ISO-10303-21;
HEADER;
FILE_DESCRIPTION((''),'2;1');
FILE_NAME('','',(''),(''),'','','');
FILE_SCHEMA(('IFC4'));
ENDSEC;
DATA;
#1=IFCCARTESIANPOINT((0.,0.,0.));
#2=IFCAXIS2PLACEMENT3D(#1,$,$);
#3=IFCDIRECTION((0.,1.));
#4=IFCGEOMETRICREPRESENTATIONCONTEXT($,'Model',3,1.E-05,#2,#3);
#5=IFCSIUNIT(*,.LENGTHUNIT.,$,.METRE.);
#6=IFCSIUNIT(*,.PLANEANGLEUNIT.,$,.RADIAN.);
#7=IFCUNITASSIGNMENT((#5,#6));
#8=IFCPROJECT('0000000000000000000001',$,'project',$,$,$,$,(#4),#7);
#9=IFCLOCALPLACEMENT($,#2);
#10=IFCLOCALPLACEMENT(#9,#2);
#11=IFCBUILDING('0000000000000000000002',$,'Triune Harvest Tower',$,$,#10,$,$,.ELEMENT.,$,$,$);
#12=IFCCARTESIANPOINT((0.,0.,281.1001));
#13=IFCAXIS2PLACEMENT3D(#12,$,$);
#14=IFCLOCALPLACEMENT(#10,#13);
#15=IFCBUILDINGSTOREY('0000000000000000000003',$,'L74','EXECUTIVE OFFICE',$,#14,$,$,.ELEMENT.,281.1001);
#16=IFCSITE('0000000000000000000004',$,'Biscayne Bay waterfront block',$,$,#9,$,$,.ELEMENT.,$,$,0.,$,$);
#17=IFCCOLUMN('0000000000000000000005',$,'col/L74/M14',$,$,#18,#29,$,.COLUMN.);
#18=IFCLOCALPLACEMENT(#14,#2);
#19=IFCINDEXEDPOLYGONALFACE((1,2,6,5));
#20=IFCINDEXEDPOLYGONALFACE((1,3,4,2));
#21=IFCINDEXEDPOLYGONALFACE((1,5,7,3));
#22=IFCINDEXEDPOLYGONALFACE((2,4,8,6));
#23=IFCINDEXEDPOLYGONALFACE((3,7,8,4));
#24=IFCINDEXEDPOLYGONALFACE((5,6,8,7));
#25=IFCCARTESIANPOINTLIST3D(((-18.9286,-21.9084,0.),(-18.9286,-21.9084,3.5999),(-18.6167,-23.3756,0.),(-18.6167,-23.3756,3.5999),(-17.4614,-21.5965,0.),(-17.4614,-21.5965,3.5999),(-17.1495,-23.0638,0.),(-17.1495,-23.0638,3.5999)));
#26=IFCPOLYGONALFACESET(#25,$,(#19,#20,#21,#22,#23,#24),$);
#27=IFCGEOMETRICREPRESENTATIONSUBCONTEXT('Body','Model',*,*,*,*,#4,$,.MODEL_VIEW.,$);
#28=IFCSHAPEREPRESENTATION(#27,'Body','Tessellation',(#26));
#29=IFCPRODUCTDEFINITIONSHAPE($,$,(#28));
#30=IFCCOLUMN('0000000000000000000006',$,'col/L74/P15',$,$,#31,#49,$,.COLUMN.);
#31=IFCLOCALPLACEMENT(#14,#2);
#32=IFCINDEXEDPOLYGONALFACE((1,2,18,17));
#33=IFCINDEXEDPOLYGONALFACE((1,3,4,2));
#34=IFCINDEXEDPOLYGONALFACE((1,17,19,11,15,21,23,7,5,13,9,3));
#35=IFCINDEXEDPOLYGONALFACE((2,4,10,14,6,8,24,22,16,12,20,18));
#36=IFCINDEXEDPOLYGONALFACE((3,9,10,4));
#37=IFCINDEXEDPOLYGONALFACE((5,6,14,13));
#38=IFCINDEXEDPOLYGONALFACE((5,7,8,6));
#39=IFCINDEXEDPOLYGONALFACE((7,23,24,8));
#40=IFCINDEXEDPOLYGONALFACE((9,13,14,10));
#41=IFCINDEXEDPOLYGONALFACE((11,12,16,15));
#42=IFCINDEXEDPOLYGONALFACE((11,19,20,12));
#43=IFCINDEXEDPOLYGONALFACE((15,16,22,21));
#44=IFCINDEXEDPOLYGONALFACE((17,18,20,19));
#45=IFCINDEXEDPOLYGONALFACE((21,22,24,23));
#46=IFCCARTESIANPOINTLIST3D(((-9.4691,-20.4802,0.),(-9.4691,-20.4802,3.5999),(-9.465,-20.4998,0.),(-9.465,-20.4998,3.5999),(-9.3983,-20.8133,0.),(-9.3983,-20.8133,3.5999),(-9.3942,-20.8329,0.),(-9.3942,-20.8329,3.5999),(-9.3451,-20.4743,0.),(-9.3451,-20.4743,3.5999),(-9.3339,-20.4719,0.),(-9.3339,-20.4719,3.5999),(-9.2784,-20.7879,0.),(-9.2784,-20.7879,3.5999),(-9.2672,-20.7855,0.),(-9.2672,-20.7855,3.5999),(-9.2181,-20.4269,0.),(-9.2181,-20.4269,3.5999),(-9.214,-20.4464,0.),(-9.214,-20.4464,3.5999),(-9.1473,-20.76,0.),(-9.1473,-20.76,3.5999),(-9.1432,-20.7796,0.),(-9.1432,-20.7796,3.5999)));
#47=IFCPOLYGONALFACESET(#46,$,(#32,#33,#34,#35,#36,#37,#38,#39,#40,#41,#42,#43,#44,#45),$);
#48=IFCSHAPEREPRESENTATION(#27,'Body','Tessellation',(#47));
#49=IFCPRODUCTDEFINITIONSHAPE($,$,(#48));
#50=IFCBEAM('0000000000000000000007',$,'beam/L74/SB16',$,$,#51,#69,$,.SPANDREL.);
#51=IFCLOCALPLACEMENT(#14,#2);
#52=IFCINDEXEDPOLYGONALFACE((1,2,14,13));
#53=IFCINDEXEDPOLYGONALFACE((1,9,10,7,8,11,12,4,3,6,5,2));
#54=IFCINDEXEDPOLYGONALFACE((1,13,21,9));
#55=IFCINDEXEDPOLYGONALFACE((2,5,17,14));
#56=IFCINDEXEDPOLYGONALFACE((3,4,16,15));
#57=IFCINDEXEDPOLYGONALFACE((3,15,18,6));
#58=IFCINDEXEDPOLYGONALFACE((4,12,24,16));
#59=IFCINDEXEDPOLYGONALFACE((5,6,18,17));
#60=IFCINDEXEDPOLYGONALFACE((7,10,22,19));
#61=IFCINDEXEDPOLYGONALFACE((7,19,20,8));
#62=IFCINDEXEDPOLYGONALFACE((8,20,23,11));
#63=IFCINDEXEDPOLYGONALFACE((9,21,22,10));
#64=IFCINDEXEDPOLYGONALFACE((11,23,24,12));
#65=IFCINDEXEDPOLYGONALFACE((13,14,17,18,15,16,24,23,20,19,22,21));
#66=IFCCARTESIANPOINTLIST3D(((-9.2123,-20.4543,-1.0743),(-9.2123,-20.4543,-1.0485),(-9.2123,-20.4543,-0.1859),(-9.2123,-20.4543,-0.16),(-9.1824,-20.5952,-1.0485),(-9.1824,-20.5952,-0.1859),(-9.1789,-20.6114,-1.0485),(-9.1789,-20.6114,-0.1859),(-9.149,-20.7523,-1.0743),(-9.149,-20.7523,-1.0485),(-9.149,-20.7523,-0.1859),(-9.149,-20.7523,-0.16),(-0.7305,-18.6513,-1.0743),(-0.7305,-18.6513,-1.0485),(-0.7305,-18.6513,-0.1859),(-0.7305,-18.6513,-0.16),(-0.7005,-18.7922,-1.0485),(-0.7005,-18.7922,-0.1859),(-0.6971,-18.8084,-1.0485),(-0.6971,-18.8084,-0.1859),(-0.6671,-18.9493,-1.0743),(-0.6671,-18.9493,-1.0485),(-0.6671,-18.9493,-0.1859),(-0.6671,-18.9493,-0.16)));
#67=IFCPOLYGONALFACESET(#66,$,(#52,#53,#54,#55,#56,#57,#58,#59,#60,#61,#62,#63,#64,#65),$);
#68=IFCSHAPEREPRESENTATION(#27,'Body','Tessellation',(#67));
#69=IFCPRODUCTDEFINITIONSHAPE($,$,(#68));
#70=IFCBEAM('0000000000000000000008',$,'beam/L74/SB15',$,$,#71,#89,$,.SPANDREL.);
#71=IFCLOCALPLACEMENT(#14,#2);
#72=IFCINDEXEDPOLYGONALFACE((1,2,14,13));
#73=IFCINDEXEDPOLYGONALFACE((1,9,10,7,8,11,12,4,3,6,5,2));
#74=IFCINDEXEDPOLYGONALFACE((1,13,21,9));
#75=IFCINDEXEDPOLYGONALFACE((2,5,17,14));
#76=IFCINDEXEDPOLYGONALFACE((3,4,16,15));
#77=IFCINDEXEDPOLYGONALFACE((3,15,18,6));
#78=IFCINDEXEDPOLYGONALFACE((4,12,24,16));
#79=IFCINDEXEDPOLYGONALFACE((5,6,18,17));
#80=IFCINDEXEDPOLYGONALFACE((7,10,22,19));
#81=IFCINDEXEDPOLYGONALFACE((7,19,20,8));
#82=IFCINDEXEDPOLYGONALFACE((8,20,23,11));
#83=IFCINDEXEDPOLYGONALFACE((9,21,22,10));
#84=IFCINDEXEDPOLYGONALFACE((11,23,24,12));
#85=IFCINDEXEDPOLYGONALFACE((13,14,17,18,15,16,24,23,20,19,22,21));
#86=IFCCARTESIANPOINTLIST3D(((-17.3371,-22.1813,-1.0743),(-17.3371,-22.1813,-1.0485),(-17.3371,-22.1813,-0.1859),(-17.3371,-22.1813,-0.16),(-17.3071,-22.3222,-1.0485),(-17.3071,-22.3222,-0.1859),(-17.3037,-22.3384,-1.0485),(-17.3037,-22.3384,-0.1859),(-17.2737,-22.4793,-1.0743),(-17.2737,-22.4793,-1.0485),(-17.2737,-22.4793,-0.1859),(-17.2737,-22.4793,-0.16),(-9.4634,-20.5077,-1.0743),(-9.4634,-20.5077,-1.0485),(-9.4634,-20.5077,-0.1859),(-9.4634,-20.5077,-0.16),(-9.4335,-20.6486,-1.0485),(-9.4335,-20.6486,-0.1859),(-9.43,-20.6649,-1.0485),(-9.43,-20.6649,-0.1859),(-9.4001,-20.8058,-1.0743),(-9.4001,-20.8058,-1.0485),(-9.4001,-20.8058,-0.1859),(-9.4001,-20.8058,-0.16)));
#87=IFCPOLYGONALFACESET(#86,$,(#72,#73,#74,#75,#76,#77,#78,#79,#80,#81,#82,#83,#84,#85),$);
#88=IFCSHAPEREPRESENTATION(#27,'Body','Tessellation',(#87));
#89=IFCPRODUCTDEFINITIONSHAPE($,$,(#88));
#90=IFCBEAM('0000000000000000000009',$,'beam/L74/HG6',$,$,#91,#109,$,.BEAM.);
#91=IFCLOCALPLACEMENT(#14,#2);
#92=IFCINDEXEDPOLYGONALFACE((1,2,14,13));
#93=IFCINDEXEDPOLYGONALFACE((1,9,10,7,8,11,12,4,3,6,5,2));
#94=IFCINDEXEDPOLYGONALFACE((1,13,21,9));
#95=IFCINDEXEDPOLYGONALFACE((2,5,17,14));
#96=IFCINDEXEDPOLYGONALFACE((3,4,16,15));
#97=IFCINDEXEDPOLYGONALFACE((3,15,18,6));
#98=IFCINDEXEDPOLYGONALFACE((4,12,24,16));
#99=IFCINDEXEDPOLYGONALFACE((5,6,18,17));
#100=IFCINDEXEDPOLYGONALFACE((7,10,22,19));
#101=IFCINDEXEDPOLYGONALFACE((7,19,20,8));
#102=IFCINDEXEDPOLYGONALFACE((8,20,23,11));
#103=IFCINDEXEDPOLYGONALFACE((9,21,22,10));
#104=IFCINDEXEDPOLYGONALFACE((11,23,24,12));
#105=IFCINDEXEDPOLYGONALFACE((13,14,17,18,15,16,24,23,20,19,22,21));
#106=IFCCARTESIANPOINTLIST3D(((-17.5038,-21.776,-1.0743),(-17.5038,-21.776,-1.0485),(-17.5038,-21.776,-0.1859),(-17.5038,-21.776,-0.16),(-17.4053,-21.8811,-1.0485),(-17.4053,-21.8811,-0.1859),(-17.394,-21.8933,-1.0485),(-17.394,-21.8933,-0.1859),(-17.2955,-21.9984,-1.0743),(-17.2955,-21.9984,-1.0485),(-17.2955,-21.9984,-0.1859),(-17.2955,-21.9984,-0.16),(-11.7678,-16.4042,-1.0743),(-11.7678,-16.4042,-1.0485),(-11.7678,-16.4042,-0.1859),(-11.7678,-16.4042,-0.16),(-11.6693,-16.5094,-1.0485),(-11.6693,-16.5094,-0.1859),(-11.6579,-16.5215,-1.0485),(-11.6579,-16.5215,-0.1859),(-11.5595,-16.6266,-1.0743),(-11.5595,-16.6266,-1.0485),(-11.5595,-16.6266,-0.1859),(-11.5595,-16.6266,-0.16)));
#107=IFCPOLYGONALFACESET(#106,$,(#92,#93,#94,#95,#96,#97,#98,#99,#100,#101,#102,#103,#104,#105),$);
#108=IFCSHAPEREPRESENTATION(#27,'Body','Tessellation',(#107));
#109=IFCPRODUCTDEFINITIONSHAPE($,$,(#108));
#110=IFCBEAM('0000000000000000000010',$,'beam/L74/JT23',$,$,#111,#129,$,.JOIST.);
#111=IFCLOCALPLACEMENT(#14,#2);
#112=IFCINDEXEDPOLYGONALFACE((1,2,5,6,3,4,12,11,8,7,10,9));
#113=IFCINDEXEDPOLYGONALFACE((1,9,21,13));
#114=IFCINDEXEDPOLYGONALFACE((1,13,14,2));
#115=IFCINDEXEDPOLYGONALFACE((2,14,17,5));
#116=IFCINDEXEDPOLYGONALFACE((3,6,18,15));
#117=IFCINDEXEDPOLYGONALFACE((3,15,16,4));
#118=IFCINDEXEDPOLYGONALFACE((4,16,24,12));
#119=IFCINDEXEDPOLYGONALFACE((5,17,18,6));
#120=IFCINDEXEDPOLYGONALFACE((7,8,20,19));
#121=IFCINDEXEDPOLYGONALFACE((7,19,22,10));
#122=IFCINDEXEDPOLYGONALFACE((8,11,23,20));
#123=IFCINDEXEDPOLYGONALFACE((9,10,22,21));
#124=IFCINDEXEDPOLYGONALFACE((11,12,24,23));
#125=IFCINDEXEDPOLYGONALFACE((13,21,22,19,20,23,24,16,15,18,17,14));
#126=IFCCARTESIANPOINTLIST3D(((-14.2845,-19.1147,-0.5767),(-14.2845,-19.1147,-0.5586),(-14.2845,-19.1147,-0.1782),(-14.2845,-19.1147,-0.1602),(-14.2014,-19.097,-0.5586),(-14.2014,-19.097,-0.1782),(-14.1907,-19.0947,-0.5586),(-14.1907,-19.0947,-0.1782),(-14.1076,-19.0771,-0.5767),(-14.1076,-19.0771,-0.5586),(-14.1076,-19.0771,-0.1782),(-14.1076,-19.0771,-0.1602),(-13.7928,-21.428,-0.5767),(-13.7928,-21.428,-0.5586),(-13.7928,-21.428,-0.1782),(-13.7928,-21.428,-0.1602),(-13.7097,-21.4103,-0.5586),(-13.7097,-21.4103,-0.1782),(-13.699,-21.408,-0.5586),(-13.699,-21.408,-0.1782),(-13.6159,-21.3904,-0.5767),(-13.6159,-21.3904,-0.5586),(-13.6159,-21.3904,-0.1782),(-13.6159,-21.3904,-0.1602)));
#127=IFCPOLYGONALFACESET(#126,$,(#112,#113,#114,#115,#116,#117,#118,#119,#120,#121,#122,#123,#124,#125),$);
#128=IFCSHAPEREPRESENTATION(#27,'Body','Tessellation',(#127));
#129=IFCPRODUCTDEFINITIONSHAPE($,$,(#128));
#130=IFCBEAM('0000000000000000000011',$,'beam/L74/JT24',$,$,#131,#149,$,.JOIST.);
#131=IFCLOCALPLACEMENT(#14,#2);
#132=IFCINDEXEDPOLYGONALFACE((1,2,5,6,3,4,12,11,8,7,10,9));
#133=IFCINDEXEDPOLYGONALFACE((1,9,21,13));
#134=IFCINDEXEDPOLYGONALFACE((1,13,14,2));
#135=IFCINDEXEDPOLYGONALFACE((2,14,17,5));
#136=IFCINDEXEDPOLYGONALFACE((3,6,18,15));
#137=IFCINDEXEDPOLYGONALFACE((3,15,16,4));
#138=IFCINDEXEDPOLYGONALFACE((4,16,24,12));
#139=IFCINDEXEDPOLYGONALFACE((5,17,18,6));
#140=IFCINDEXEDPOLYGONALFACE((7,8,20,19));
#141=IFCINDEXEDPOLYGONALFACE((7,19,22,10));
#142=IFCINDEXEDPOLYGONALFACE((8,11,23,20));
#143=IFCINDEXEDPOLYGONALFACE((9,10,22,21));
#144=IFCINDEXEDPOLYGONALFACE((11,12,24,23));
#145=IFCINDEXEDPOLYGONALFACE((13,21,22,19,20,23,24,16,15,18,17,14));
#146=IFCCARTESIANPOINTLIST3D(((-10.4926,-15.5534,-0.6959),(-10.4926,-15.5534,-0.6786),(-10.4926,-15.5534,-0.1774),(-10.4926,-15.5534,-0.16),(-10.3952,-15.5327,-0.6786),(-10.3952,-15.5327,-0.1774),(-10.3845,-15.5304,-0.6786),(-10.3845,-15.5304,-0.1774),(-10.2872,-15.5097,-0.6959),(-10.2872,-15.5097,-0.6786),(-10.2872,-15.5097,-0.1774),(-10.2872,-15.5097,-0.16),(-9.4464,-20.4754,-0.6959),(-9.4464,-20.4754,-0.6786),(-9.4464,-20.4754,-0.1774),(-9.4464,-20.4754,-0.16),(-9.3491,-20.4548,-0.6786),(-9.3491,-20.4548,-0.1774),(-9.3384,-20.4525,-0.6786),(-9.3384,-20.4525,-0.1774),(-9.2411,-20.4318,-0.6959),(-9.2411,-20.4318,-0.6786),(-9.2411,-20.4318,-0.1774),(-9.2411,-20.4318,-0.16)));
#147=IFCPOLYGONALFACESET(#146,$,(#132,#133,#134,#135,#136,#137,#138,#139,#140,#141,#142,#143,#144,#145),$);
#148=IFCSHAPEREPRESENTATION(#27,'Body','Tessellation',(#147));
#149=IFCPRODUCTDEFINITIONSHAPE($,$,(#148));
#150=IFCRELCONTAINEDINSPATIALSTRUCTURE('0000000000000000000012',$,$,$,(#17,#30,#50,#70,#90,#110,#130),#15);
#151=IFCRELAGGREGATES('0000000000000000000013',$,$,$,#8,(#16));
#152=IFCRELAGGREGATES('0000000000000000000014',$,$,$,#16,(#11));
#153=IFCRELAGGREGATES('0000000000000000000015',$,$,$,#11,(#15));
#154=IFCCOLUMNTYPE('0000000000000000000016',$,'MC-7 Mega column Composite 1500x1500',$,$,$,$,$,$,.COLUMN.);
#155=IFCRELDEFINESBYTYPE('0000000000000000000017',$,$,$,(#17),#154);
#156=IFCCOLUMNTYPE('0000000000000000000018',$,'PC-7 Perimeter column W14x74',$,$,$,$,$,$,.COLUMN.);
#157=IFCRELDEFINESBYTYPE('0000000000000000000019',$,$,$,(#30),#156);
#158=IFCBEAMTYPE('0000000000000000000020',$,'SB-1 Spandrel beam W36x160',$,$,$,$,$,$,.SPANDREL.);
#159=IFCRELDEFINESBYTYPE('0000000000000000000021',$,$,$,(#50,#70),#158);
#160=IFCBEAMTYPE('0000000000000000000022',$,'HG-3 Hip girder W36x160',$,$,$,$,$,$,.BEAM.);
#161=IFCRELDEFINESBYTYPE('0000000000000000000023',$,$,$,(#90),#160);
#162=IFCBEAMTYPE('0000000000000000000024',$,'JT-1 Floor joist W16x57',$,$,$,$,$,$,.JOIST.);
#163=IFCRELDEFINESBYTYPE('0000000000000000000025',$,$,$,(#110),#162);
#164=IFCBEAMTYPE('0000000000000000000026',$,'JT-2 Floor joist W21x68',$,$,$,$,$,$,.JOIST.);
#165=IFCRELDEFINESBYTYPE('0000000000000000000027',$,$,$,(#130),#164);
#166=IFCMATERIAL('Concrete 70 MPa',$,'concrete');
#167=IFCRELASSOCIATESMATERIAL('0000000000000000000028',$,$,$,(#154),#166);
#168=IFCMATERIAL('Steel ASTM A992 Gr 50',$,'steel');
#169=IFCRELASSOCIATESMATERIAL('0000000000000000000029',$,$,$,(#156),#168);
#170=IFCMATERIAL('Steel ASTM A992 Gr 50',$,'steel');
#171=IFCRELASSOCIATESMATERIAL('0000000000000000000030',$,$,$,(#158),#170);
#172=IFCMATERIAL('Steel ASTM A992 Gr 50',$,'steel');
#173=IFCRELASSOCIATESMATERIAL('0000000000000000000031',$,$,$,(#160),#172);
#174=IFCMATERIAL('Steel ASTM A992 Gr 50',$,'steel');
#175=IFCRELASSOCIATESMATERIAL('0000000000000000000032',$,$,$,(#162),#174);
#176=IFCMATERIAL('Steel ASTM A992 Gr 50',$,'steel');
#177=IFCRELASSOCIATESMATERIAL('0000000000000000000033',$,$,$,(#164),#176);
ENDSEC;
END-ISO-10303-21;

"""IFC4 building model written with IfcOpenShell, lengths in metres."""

from ifc_helpers import new_model, si_unit, direction, frame, origin, origin_2d, place, context, subcontext, project, spatial, rectangle, i_section, extrude, source, transform, mapped, material, material_profile, profile_set, type_object, element, save


model = new_model("IFC4")

# Units and contexts
model_context = context("Model", 3, precision=1e-05, world=origin(), true_north=direction((0.0, 1.0)))
body_context = subcontext(model_context, "Body", "Model", "MODEL_VIEW")
ifc_project = project(units=[si_unit("LENGTHUNIT", "METRE"), si_unit("PLANEANGLEUNIT", "RADIAN")], contexts=[model_context])

# Site, building, storey
site_placement = place(None, origin())
site = spatial("IfcSite", under=ifc_project, at=site_placement, Name="Biscayne Bay waterfront block", CompositionType="ELEMENT", RefElevation=0.0)
building_placement = place(site_placement, origin())
building = spatial("IfcBuilding", under=site, at=building_placement, Name="Triune Harvest Tower", CompositionType="ELEMENT")
storey_placement = place(building_placement, frame((0.0, 0.0, 281.1001)))
storey = spatial("IfcBuildingStorey", under=building, at=storey_placement, Name="L74", Description="EXECUTIVE OFFICE", CompositionType="ELEMENT", Elevation=281.1001)

# Columns
ifc_material_1 = material(Name="Concrete 70 MPa", Category="concrete")
ifc_material_profile_1 = material_profile(ifc_material_1, rectangle(XDim=1.5, YDim=1.5, at=origin_2d()), Name="Composite 1500x1500")
ifc_profile_set_1 = profile_set([ifc_material_profile_1], Name="Concrete 70 MPa")
column_type_1 = type_object("IfcColumnType", Name="MC-7 Mega column Composite 1500x1500", PredefinedType="COLUMN", material=ifc_profile_set_1)
shared_shape_1 = source(origin(), body_context, "Body", "SweptSolid", [
    extrude(rectangle(XDim=1.5, YDim=1.5, at=origin_2d()), origin(), (0.0, 0.0, 1.0), 3.5999),
])
column_1_placement = place(storey_placement, frame((-18.0391, -22.4861, 0.0), z_axis=(0.0, 0.0, 1.0), x_axis=(0.978147, 0.207913, 0.0)))
element("IfcColumn", 1, at=column_1_placement, inside=storey, type_object=column_type_1, Name="col/L74/M14", PredefinedType="COLUMN", context=body_context, shape_type="MappedRepresentation", body=[
    mapped(shared_shape_1, transform((0.0, 0.0, 0.0), scale=1.0)),
])
ifc_material_2 = material(Name="Steel ASTM A992 Gr 50", Category="steel")
ifc_material_profile_2 = material_profile(ifc_material_2, i_section(OverallWidth=0.2566, OverallDepth=0.3606, WebThickness=0.0115, FlangeThickness=0.02, at=origin_2d()), Name="W14x74")
ifc_profile_set_2 = profile_set([ifc_material_profile_2], Name="Steel ASTM A992 Gr 50")
column_type_2 = type_object("IfcColumnType", Name="PC-7 Perimeter column W14x74", PredefinedType="COLUMN", material=ifc_profile_set_2)
shared_shape_2 = source(origin(), body_context, "Body", "SweptSolid", [
    extrude(i_section(OverallWidth=0.2566, OverallDepth=0.3606, WebThickness=0.0115, FlangeThickness=0.02, at=origin_2d()), origin(), (0.0, 0.0, 1.0), 3.5999),
])
column_2_placement = place(storey_placement, frame((-9.3062, -20.6299, 0.0), z_axis=(0.0, 0.0, 1.0), x_axis=(0.978147, 0.207913, 0.0)))
element("IfcColumn", 2, at=column_2_placement, inside=storey, type_object=column_type_2, Name="col/L74/P15", PredefinedType="COLUMN", context=body_context, shape_type="MappedRepresentation", body=[
    mapped(shared_shape_2, transform((0.0, 0.0, 0.0), scale=1.0)),
])

# Beams
ifc_material_3 = material(Name="Steel ASTM A992 Gr 50", Category="steel")
ifc_material_profile_3 = material_profile(ifc_material_3, i_section(OverallWidth=0.3047, OverallDepth=0.9143, WebThickness=0.0166, FlangeThickness=0.0259, at=origin_2d()), Name="W36x160")
ifc_profile_set_3 = profile_set([ifc_material_profile_3], Name="Steel ASTM A992 Gr 50")
beam_type_1 = type_object("IfcBeamType", Name="SB-1 Spandrel beam W36x160", PredefinedType="SPANDREL", material=ifc_profile_set_3)
shared_shape_3 = source(origin(), body_context, "Body", "SweptSolid", [
    extrude(i_section(OverallWidth=0.3047, OverallDepth=0.9143, WebThickness=0.0166, FlangeThickness=0.0259, at=origin_2d()), origin(), (0.0, 0.0, 1.0), 8.6714),
])
beam_1_placement = place(storey_placement, frame((-9.1807, -20.6033, -0.6172), z_axis=(0.978146, 0.207921, 0.0), x_axis=(-0.207921, 0.978146, 0.0)))
element("IfcBeam", 3, at=beam_1_placement, inside=storey, type_object=beam_type_1, Name="beam/L74/SB16", PredefinedType="SPANDREL", context=body_context, shape_type="MappedRepresentation", body=[
    mapped(shared_shape_3, transform((0.0, 0.0, 0.0), scale=1.0)),
])
shared_shape_4 = source(origin(), body_context, "Body", "SweptSolid", [
    extrude(i_section(OverallWidth=0.3047, OverallDepth=0.9143, WebThickness=0.0166, FlangeThickness=0.0259, at=origin_2d()), origin(), (0.0, 0.0, 1.0), 8.0496),
])
beam_2_placement = place(storey_placement, frame((-17.3054, -22.3303, -0.6172), z_axis=(0.978149, 0.207907, 0.0), x_axis=(-0.207907, 0.978149, 0.0)))
element("IfcBeam", 4, at=beam_2_placement, inside=storey, type_object=beam_type_1, Name="beam/L74/SB15", PredefinedType="SPANDREL", context=body_context, shape_type="MappedRepresentation", body=[
    mapped(shared_shape_4, transform((0.0, 0.0, 0.0), scale=1.0)),
])
ifc_material_4 = material(Name="Steel ASTM A992 Gr 50", Category="steel")
ifc_material_profile_4 = material_profile(ifc_material_4, i_section(OverallWidth=0.3047, OverallDepth=0.9143, WebThickness=0.0166, FlangeThickness=0.0259, at=origin_2d()), Name="W36x160")
ifc_profile_set_4 = profile_set([ifc_material_profile_4], Name="Steel ASTM A992 Gr 50")
beam_type_2 = type_object("IfcBeamType", Name="HG-3 Hip girder W36x160", PredefinedType="BEAM", material=ifc_profile_set_4)
shared_shape_5 = source(origin(), body_context, "Body", "SweptSolid", [
    extrude(i_section(OverallWidth=0.3047, OverallDepth=0.9143, WebThickness=0.0166, FlangeThickness=0.0259, at=origin_2d()), origin(), (0.0, 0.0, 1.0), 7.8586),
])
beam_3_placement = place(storey_placement, frame((-17.3997, -21.8872, -0.6172), z_axis=(0.729902, 0.683551, 0.0), x_axis=(-0.683551, 0.729902, 0.0)))
element("IfcBeam", 5, at=beam_3_placement, inside=storey, type_object=beam_type_2, Name="beam/L74/HG6", PredefinedType="BEAM", context=body_context, shape_type="MappedRepresentation", body=[
    mapped(shared_shape_5, transform((0.0, 0.0, 0.0), scale=1.0)),
])
ifc_material_5 = material(Name="Steel ASTM A992 Gr 50", Category="steel")
ifc_material_profile_5 = material_profile(ifc_material_5, i_section(OverallWidth=0.1809, OverallDepth=0.4165, WebThickness=0.011, FlangeThickness=0.0181, at=origin_2d()), Name="W16x57")
ifc_profile_set_5 = profile_set([ifc_material_profile_5], Name="Steel ASTM A992 Gr 50")
beam_type_3 = type_object("IfcBeamType", Name="JT-1 Floor joist W16x57", PredefinedType="JOIST", material=ifc_profile_set_5)
shared_shape_6 = source(origin(), body_context, "Body", "SweptSolid", [
    extrude(i_section(OverallWidth=0.1809, OverallDepth=0.4165, WebThickness=0.011, FlangeThickness=0.0181, at=origin_2d()), origin(), (0.0, 0.0, 1.0), 2.365),
])
beam_4_placement = place(storey_placement, frame((-13.7043, -21.4092, -0.3684), z_axis=(-0.207914, 0.978147, 0.0), x_axis=(-0.978147, -0.207914, 0.0)))
element("IfcBeam", 6, at=beam_4_placement, inside=storey, type_object=beam_type_3, Name="beam/L74/JT23", PredefinedType="JOIST", context=body_context, shape_type="MappedRepresentation", body=[
    mapped(shared_shape_6, transform((0.0, 0.0, 0.0), scale=1.0)),
])
ifc_material_6 = material(Name="Steel ASTM A992 Gr 50", Category="steel")
ifc_material_profile_6 = material_profile(ifc_material_6, i_section(OverallWidth=0.21, OverallDepth=0.5359, WebThickness=0.011, FlangeThickness=0.0173, at=origin_2d()), Name="W21x68")
ifc_profile_set_6 = profile_set([ifc_material_profile_6], Name="Steel ASTM A992 Gr 50")
beam_type_4 = type_object("IfcBeamType", Name="JT-2 Floor joist W21x68", PredefinedType="JOIST", material=ifc_profile_set_6)
shared_shape_7 = source(origin(), body_context, "Body", "SweptSolid", [
    extrude(i_section(OverallWidth=0.21, OverallDepth=0.5359, WebThickness=0.011, FlangeThickness=0.0173, at=origin_2d()), origin(), (0.0, 0.0, 1.0), 5.032),
])
beam_5_placement = place(storey_placement, frame((-9.3438, -20.4536, -0.428), z_axis=(-0.207895, 0.978151, 0.0), x_axis=(-0.978151, -0.207895, 0.0)))
element("IfcBeam", 7, at=beam_5_placement, inside=storey, type_object=beam_type_4, Name="beam/L74/JT24", PredefinedType="JOIST", context=body_context, shape_type="MappedRepresentation", body=[
    mapped(shared_shape_7, transform((0.0, 0.0, 0.0), scale=1.0)),
])

save(model, "model.ifc")
